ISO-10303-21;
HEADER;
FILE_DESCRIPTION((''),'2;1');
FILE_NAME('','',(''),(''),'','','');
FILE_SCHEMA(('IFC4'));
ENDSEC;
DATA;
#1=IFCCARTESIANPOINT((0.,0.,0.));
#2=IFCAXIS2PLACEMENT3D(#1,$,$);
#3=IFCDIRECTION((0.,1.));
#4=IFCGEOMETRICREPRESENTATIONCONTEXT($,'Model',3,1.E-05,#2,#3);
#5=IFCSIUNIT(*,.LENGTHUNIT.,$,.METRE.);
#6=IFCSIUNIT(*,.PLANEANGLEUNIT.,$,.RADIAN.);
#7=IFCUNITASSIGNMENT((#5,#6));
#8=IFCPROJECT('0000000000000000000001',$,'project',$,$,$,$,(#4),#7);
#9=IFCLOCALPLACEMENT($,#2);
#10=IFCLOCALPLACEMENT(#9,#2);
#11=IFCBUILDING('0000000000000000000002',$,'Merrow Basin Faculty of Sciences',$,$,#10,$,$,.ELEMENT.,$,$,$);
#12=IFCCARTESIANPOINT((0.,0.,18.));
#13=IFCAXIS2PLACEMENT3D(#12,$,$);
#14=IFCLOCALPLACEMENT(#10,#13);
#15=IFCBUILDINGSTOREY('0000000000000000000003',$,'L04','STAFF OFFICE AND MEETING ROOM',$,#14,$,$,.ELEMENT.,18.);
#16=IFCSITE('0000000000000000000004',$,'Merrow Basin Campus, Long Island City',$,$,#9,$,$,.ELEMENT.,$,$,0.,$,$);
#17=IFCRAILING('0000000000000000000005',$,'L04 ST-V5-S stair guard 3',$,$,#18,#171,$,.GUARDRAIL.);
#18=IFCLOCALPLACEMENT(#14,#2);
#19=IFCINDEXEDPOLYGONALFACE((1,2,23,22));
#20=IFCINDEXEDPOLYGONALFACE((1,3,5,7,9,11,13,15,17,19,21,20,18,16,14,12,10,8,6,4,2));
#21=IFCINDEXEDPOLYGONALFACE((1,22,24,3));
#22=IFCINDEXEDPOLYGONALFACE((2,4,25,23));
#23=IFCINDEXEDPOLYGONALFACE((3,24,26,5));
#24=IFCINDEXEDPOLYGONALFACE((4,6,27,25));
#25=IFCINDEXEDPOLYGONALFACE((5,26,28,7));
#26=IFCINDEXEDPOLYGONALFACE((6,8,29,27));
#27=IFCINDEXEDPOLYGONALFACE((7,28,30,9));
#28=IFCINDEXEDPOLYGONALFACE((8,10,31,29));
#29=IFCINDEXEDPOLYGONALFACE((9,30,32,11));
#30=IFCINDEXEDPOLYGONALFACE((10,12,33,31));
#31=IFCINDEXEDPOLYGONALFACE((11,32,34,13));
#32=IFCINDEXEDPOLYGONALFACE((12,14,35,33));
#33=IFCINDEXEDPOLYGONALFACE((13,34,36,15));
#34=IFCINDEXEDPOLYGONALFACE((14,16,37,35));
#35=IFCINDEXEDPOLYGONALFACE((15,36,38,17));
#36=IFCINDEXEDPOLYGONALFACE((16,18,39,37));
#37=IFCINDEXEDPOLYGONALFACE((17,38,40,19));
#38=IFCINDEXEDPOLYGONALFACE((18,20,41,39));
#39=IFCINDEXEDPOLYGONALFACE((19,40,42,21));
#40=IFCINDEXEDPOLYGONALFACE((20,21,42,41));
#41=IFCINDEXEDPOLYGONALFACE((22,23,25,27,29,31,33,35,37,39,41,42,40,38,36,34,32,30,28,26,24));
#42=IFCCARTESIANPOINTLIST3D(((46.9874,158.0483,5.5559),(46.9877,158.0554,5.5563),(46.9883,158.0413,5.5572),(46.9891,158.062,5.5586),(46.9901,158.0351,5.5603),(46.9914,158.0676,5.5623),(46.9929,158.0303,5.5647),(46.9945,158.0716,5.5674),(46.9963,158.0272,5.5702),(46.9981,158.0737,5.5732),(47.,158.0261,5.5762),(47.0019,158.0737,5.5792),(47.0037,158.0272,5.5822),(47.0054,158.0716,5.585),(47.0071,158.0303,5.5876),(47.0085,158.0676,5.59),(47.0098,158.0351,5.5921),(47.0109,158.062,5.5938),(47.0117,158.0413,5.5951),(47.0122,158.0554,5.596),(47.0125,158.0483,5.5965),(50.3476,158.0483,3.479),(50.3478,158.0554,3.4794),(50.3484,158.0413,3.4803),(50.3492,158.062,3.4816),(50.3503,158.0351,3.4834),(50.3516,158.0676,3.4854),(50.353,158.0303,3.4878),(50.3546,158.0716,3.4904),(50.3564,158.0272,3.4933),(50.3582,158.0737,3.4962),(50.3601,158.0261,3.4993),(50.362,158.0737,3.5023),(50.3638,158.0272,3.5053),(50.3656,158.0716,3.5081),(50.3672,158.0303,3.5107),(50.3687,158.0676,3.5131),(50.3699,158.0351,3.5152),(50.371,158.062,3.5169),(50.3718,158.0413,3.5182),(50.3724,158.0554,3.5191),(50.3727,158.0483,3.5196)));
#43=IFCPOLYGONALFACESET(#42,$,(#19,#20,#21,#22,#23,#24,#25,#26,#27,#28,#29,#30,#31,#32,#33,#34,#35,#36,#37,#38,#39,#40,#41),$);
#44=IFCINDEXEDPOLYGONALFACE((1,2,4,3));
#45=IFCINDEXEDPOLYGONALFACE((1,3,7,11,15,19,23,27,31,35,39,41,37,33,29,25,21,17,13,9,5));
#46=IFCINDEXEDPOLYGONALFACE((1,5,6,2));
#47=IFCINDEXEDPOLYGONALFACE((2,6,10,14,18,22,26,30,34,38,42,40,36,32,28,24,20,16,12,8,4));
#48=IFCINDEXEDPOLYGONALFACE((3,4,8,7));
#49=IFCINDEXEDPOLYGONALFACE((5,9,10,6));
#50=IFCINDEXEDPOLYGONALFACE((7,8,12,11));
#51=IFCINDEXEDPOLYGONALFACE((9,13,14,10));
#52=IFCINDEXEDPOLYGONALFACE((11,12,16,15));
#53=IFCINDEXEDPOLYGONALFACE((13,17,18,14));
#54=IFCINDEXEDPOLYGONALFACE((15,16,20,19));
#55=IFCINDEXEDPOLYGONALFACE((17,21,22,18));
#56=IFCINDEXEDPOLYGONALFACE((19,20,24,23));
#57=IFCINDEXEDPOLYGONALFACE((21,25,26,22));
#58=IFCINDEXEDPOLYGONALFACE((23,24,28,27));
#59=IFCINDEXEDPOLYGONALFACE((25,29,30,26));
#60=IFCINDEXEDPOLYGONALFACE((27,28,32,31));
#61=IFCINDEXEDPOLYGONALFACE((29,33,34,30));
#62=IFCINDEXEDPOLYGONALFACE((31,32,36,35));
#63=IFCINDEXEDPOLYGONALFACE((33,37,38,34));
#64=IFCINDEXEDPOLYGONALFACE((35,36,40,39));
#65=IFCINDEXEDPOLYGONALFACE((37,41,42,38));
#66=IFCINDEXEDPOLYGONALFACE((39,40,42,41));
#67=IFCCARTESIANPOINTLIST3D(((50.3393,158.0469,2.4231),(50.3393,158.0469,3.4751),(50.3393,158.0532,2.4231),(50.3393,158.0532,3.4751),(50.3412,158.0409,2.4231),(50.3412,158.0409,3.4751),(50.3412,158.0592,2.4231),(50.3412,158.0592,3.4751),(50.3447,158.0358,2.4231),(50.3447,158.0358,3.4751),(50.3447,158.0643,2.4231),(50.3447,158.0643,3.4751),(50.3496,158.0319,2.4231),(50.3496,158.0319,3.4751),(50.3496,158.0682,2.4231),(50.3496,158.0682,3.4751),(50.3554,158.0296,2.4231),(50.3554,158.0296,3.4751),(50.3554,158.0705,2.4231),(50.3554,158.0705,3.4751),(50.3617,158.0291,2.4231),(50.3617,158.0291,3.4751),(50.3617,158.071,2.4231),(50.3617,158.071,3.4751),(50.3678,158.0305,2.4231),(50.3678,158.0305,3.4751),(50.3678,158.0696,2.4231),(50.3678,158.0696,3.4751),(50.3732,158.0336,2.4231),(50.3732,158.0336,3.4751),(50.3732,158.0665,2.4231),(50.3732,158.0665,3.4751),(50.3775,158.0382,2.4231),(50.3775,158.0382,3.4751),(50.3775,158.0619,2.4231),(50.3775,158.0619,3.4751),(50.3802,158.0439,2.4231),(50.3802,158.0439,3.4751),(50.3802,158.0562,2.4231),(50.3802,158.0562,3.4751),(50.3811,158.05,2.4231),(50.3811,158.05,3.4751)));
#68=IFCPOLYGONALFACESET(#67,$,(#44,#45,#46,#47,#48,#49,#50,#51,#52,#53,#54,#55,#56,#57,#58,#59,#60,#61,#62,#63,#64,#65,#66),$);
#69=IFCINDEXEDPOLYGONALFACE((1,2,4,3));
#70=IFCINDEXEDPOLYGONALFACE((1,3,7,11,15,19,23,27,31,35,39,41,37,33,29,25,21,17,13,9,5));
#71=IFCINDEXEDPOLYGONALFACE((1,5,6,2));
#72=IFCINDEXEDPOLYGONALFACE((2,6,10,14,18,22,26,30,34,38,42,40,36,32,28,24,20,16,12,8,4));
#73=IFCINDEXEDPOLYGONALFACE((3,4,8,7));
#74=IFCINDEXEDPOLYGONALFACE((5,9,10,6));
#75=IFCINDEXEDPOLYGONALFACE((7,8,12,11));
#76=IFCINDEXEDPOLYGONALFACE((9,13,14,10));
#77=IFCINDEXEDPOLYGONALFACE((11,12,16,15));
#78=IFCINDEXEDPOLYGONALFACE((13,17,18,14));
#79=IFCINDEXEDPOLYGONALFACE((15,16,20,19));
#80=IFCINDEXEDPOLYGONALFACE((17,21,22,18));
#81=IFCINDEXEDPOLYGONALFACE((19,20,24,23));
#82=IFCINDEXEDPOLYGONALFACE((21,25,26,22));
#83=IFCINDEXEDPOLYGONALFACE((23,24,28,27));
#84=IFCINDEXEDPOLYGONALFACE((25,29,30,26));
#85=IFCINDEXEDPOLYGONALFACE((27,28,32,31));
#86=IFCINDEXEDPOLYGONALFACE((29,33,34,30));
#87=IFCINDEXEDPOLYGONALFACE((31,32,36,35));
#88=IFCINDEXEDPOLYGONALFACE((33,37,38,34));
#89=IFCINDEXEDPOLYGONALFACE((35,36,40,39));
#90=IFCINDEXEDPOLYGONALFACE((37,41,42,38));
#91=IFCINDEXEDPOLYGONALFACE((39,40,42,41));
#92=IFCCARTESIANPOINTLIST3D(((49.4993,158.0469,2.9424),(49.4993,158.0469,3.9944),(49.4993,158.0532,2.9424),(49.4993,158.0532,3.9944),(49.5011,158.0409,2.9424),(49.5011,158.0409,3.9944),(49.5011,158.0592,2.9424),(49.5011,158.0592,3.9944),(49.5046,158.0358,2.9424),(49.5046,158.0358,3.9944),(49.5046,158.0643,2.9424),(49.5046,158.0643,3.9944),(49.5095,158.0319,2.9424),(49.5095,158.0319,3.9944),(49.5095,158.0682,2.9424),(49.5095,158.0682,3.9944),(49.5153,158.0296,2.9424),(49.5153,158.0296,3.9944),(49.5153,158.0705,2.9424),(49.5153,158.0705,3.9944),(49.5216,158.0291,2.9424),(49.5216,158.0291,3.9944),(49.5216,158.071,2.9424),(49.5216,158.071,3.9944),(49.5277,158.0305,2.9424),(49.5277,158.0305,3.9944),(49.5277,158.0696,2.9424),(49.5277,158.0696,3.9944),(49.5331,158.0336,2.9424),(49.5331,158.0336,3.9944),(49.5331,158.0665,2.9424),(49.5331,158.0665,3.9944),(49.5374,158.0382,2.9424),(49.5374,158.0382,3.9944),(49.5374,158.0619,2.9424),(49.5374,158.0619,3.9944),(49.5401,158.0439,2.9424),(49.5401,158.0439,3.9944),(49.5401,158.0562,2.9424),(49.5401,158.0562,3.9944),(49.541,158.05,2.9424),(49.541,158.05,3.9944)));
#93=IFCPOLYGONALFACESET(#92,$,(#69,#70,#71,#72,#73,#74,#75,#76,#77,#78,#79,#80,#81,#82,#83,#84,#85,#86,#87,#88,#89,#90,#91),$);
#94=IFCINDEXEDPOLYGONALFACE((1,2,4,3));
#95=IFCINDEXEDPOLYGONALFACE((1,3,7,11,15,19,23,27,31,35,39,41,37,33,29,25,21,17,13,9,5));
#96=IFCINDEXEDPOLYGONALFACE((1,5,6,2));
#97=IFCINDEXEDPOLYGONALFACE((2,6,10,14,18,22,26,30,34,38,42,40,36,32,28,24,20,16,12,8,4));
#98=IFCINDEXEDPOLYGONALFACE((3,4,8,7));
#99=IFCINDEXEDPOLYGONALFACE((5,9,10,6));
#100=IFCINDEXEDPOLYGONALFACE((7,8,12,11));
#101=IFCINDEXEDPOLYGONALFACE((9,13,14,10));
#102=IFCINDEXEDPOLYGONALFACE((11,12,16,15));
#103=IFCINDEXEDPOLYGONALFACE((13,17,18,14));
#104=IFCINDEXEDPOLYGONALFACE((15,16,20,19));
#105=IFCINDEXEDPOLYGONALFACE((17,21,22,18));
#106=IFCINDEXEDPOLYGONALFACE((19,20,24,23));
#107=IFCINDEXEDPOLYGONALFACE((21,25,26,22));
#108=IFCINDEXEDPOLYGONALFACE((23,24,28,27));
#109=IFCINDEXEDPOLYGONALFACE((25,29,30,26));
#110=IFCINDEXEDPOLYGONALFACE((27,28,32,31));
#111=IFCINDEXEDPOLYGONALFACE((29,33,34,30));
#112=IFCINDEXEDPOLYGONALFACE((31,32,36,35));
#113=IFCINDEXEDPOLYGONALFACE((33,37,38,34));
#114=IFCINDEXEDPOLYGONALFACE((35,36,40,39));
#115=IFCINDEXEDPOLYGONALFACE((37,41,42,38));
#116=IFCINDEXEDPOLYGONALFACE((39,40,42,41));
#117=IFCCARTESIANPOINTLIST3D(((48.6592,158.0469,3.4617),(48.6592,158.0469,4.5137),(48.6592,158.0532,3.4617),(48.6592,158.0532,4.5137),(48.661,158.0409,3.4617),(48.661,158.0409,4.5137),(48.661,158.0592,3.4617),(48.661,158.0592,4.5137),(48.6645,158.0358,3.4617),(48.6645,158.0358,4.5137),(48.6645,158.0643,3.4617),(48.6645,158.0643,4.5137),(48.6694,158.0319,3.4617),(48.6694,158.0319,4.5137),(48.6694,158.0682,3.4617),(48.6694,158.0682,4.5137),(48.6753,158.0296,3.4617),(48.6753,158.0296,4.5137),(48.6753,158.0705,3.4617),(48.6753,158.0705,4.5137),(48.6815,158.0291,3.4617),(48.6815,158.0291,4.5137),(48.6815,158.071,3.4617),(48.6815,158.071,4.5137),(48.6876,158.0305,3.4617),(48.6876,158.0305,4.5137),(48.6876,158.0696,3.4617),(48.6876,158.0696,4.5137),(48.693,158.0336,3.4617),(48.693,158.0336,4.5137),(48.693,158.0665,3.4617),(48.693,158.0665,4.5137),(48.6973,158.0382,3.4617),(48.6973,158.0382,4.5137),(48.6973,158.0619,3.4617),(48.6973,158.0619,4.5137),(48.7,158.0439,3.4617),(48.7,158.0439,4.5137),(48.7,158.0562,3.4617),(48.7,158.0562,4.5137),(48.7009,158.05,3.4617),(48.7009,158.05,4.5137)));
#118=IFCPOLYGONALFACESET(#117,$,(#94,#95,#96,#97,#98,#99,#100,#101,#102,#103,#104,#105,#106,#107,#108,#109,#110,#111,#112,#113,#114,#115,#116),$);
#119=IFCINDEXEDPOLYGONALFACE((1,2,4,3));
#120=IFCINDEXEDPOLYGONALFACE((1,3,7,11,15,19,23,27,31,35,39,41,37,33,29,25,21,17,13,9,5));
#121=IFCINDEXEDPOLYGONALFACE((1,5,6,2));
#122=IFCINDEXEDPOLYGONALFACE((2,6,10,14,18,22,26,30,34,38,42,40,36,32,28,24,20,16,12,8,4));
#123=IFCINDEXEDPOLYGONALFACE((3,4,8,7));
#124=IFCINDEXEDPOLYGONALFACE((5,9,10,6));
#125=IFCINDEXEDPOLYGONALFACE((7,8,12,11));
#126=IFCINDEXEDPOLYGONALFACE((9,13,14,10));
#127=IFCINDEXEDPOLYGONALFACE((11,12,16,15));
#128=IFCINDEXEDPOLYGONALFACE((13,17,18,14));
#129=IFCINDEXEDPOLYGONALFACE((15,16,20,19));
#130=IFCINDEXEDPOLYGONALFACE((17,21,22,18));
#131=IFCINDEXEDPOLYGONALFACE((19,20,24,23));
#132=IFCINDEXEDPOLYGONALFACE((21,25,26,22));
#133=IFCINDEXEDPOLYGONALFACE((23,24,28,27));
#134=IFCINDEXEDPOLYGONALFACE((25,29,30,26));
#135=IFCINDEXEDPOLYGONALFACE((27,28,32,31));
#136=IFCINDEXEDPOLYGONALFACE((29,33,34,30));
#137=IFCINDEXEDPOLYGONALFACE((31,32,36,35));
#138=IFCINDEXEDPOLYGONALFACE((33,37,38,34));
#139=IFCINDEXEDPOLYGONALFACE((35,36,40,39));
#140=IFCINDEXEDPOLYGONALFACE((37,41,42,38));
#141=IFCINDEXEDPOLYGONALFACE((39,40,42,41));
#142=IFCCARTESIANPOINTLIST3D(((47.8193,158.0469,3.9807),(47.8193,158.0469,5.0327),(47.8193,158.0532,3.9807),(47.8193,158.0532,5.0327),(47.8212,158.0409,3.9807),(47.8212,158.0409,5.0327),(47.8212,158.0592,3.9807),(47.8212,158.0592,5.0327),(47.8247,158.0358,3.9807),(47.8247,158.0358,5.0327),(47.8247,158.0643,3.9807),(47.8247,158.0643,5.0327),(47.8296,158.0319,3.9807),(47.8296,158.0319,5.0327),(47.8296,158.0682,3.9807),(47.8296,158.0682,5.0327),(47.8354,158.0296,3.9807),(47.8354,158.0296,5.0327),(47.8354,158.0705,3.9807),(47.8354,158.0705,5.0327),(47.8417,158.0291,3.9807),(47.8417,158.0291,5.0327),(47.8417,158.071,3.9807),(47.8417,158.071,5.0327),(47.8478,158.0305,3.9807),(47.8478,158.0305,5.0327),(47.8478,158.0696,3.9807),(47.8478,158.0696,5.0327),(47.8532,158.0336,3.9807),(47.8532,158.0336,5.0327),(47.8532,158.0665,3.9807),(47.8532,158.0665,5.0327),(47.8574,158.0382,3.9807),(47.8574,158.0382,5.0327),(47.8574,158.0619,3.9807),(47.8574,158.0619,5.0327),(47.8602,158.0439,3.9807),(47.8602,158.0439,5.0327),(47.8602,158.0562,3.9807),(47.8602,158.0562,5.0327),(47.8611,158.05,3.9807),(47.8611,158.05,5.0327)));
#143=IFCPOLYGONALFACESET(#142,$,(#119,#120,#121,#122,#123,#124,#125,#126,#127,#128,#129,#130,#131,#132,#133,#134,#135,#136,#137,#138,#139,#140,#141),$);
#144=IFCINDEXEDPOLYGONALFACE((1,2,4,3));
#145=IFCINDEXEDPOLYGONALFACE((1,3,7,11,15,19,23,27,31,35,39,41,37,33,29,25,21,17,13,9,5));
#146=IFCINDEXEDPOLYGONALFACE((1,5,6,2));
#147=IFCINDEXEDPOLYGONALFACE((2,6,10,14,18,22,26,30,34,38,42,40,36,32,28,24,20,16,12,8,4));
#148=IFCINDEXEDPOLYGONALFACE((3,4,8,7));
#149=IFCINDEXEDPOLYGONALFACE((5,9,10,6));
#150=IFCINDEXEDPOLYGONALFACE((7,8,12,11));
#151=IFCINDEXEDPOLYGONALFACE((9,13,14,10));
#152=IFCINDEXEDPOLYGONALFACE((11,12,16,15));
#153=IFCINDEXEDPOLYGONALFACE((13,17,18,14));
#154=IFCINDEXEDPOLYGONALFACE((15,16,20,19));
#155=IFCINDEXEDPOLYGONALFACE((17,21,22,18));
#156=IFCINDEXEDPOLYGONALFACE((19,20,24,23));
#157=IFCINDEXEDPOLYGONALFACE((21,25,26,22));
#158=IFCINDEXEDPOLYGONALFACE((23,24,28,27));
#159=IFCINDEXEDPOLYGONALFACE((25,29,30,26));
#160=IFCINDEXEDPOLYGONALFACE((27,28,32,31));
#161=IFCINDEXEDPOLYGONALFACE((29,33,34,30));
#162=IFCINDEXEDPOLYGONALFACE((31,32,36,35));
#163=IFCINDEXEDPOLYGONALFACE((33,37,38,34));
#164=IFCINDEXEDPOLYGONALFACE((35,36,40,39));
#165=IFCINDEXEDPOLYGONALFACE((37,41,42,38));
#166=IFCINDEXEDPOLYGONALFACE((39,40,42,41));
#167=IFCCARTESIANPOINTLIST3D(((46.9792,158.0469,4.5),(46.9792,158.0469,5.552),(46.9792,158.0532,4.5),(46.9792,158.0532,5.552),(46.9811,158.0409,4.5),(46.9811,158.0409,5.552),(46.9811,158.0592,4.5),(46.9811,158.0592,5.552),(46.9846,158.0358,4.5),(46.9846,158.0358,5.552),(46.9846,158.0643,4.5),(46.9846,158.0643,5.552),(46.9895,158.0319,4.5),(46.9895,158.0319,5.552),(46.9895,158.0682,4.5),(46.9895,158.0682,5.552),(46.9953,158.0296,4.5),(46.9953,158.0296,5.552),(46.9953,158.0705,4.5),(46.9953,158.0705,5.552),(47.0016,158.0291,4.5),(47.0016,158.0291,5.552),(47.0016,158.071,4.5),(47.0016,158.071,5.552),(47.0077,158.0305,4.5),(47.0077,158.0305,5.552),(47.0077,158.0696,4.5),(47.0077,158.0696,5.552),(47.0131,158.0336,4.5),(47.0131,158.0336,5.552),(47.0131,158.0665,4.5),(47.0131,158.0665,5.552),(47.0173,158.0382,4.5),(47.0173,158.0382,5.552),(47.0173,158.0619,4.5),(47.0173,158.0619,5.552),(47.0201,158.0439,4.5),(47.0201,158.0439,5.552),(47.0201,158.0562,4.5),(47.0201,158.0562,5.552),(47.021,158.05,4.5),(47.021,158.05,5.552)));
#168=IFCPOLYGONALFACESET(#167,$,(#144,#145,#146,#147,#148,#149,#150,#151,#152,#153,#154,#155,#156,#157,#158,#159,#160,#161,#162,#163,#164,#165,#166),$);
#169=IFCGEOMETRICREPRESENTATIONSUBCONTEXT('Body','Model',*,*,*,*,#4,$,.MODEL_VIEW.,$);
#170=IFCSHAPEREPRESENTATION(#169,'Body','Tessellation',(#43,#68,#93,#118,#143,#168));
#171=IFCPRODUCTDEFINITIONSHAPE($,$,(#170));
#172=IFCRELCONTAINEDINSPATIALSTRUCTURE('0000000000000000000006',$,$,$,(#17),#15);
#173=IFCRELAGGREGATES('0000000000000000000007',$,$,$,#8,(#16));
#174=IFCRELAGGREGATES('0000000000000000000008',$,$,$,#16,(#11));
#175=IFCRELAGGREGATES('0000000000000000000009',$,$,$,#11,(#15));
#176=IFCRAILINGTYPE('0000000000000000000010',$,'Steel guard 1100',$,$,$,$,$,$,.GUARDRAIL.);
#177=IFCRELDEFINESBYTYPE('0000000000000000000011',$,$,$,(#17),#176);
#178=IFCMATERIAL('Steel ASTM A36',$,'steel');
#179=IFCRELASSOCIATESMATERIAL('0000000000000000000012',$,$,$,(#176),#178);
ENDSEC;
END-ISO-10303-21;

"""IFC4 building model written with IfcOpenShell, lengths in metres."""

from ifc_helpers import new_model, si_unit, direction, frame, origin, origin_2d, place, context, subcontext, project, spatial, circle, extrude, material, type_object, element, save


model = new_model("IFC4")

# Units and contexts
model_context = context("Model", 3, precision=1e-05, world=origin(), true_north=direction((0.0, 1.0)))
body_context = subcontext(model_context, "Body", "Model", "MODEL_VIEW")
ifc_project = project(units=[si_unit("LENGTHUNIT", "METRE"), si_unit("PLANEANGLEUNIT", "RADIAN")], contexts=[model_context])

# Site, building, storey
site_placement = place(None, origin())
site = spatial("IfcSite", under=ifc_project, at=site_placement, Name="Merrow Basin Campus, Long Island City", CompositionType="ELEMENT", RefElevation=0.0)
building_placement = place(site_placement, origin())
building = spatial("IfcBuilding", under=site, at=building_placement, Name="Merrow Basin Faculty of Sciences", CompositionType="ELEMENT")
storey_placement = place(building_placement, frame((0.0, 0.0, 18.0)))
storey = spatial("IfcBuildingStorey", under=building, at=storey_placement, Name="L04", Description="STAFF OFFICE AND MEETING ROOM", CompositionType="ELEMENT", Elevation=18.0)

# Railing
ifc_material_1 = material(Name="Steel ASTM A36", Category="steel")
railing_type_1 = type_object("IfcRailingType", Name="Steel guard 1100", PredefinedType="GUARDRAIL", material=ifc_material_1)
railing_1_placement = place(storey_placement, frame((50.3601, 158.05, 2.4231)))
element("IfcRailing", 1, at=railing_1_placement, inside=storey, type_object=railing_type_1, Name="L04 ST-V5-S stair guard 3", PredefinedType="GUARDRAIL", context=body_context, shape_type="SweptSolid", body=[
    extrude(circle(Radius=0.0239, at=origin_2d()), frame((0.0, 0.0, 1.0762), z_axis=(-0.850623, 0.0, 0.525776), x_axis=(0.0, -1.0, 0.0)), (0.0, 0.0, 1.0), 3.9502),
    extrude(circle(Radius=0.021, at=origin_2d()), origin(), (0.0, 0.0, 1.0), 1.052),
    extrude(circle(Radius=0.021, at=origin_2d()), frame((-0.8401, 0.0, 0.5193)), (0.0, 0.0, 1.0), 1.052),
    extrude(circle(Radius=0.021, at=origin_2d()), frame((-1.6802, 0.0, 1.0386)), (0.0, 0.0, 1.0), 1.052),
    extrude(circle(Radius=0.021, at=origin_2d()), frame((-2.52, 0.0, 1.5576)), (0.0, 0.0, 1.0), 1.052),
    extrude(circle(Radius=0.021, at=origin_2d()), frame((-3.3601, 0.0, 2.0769)), (0.0, 0.0, 1.0), 1.052),
])

save(model, "model.ifc")
